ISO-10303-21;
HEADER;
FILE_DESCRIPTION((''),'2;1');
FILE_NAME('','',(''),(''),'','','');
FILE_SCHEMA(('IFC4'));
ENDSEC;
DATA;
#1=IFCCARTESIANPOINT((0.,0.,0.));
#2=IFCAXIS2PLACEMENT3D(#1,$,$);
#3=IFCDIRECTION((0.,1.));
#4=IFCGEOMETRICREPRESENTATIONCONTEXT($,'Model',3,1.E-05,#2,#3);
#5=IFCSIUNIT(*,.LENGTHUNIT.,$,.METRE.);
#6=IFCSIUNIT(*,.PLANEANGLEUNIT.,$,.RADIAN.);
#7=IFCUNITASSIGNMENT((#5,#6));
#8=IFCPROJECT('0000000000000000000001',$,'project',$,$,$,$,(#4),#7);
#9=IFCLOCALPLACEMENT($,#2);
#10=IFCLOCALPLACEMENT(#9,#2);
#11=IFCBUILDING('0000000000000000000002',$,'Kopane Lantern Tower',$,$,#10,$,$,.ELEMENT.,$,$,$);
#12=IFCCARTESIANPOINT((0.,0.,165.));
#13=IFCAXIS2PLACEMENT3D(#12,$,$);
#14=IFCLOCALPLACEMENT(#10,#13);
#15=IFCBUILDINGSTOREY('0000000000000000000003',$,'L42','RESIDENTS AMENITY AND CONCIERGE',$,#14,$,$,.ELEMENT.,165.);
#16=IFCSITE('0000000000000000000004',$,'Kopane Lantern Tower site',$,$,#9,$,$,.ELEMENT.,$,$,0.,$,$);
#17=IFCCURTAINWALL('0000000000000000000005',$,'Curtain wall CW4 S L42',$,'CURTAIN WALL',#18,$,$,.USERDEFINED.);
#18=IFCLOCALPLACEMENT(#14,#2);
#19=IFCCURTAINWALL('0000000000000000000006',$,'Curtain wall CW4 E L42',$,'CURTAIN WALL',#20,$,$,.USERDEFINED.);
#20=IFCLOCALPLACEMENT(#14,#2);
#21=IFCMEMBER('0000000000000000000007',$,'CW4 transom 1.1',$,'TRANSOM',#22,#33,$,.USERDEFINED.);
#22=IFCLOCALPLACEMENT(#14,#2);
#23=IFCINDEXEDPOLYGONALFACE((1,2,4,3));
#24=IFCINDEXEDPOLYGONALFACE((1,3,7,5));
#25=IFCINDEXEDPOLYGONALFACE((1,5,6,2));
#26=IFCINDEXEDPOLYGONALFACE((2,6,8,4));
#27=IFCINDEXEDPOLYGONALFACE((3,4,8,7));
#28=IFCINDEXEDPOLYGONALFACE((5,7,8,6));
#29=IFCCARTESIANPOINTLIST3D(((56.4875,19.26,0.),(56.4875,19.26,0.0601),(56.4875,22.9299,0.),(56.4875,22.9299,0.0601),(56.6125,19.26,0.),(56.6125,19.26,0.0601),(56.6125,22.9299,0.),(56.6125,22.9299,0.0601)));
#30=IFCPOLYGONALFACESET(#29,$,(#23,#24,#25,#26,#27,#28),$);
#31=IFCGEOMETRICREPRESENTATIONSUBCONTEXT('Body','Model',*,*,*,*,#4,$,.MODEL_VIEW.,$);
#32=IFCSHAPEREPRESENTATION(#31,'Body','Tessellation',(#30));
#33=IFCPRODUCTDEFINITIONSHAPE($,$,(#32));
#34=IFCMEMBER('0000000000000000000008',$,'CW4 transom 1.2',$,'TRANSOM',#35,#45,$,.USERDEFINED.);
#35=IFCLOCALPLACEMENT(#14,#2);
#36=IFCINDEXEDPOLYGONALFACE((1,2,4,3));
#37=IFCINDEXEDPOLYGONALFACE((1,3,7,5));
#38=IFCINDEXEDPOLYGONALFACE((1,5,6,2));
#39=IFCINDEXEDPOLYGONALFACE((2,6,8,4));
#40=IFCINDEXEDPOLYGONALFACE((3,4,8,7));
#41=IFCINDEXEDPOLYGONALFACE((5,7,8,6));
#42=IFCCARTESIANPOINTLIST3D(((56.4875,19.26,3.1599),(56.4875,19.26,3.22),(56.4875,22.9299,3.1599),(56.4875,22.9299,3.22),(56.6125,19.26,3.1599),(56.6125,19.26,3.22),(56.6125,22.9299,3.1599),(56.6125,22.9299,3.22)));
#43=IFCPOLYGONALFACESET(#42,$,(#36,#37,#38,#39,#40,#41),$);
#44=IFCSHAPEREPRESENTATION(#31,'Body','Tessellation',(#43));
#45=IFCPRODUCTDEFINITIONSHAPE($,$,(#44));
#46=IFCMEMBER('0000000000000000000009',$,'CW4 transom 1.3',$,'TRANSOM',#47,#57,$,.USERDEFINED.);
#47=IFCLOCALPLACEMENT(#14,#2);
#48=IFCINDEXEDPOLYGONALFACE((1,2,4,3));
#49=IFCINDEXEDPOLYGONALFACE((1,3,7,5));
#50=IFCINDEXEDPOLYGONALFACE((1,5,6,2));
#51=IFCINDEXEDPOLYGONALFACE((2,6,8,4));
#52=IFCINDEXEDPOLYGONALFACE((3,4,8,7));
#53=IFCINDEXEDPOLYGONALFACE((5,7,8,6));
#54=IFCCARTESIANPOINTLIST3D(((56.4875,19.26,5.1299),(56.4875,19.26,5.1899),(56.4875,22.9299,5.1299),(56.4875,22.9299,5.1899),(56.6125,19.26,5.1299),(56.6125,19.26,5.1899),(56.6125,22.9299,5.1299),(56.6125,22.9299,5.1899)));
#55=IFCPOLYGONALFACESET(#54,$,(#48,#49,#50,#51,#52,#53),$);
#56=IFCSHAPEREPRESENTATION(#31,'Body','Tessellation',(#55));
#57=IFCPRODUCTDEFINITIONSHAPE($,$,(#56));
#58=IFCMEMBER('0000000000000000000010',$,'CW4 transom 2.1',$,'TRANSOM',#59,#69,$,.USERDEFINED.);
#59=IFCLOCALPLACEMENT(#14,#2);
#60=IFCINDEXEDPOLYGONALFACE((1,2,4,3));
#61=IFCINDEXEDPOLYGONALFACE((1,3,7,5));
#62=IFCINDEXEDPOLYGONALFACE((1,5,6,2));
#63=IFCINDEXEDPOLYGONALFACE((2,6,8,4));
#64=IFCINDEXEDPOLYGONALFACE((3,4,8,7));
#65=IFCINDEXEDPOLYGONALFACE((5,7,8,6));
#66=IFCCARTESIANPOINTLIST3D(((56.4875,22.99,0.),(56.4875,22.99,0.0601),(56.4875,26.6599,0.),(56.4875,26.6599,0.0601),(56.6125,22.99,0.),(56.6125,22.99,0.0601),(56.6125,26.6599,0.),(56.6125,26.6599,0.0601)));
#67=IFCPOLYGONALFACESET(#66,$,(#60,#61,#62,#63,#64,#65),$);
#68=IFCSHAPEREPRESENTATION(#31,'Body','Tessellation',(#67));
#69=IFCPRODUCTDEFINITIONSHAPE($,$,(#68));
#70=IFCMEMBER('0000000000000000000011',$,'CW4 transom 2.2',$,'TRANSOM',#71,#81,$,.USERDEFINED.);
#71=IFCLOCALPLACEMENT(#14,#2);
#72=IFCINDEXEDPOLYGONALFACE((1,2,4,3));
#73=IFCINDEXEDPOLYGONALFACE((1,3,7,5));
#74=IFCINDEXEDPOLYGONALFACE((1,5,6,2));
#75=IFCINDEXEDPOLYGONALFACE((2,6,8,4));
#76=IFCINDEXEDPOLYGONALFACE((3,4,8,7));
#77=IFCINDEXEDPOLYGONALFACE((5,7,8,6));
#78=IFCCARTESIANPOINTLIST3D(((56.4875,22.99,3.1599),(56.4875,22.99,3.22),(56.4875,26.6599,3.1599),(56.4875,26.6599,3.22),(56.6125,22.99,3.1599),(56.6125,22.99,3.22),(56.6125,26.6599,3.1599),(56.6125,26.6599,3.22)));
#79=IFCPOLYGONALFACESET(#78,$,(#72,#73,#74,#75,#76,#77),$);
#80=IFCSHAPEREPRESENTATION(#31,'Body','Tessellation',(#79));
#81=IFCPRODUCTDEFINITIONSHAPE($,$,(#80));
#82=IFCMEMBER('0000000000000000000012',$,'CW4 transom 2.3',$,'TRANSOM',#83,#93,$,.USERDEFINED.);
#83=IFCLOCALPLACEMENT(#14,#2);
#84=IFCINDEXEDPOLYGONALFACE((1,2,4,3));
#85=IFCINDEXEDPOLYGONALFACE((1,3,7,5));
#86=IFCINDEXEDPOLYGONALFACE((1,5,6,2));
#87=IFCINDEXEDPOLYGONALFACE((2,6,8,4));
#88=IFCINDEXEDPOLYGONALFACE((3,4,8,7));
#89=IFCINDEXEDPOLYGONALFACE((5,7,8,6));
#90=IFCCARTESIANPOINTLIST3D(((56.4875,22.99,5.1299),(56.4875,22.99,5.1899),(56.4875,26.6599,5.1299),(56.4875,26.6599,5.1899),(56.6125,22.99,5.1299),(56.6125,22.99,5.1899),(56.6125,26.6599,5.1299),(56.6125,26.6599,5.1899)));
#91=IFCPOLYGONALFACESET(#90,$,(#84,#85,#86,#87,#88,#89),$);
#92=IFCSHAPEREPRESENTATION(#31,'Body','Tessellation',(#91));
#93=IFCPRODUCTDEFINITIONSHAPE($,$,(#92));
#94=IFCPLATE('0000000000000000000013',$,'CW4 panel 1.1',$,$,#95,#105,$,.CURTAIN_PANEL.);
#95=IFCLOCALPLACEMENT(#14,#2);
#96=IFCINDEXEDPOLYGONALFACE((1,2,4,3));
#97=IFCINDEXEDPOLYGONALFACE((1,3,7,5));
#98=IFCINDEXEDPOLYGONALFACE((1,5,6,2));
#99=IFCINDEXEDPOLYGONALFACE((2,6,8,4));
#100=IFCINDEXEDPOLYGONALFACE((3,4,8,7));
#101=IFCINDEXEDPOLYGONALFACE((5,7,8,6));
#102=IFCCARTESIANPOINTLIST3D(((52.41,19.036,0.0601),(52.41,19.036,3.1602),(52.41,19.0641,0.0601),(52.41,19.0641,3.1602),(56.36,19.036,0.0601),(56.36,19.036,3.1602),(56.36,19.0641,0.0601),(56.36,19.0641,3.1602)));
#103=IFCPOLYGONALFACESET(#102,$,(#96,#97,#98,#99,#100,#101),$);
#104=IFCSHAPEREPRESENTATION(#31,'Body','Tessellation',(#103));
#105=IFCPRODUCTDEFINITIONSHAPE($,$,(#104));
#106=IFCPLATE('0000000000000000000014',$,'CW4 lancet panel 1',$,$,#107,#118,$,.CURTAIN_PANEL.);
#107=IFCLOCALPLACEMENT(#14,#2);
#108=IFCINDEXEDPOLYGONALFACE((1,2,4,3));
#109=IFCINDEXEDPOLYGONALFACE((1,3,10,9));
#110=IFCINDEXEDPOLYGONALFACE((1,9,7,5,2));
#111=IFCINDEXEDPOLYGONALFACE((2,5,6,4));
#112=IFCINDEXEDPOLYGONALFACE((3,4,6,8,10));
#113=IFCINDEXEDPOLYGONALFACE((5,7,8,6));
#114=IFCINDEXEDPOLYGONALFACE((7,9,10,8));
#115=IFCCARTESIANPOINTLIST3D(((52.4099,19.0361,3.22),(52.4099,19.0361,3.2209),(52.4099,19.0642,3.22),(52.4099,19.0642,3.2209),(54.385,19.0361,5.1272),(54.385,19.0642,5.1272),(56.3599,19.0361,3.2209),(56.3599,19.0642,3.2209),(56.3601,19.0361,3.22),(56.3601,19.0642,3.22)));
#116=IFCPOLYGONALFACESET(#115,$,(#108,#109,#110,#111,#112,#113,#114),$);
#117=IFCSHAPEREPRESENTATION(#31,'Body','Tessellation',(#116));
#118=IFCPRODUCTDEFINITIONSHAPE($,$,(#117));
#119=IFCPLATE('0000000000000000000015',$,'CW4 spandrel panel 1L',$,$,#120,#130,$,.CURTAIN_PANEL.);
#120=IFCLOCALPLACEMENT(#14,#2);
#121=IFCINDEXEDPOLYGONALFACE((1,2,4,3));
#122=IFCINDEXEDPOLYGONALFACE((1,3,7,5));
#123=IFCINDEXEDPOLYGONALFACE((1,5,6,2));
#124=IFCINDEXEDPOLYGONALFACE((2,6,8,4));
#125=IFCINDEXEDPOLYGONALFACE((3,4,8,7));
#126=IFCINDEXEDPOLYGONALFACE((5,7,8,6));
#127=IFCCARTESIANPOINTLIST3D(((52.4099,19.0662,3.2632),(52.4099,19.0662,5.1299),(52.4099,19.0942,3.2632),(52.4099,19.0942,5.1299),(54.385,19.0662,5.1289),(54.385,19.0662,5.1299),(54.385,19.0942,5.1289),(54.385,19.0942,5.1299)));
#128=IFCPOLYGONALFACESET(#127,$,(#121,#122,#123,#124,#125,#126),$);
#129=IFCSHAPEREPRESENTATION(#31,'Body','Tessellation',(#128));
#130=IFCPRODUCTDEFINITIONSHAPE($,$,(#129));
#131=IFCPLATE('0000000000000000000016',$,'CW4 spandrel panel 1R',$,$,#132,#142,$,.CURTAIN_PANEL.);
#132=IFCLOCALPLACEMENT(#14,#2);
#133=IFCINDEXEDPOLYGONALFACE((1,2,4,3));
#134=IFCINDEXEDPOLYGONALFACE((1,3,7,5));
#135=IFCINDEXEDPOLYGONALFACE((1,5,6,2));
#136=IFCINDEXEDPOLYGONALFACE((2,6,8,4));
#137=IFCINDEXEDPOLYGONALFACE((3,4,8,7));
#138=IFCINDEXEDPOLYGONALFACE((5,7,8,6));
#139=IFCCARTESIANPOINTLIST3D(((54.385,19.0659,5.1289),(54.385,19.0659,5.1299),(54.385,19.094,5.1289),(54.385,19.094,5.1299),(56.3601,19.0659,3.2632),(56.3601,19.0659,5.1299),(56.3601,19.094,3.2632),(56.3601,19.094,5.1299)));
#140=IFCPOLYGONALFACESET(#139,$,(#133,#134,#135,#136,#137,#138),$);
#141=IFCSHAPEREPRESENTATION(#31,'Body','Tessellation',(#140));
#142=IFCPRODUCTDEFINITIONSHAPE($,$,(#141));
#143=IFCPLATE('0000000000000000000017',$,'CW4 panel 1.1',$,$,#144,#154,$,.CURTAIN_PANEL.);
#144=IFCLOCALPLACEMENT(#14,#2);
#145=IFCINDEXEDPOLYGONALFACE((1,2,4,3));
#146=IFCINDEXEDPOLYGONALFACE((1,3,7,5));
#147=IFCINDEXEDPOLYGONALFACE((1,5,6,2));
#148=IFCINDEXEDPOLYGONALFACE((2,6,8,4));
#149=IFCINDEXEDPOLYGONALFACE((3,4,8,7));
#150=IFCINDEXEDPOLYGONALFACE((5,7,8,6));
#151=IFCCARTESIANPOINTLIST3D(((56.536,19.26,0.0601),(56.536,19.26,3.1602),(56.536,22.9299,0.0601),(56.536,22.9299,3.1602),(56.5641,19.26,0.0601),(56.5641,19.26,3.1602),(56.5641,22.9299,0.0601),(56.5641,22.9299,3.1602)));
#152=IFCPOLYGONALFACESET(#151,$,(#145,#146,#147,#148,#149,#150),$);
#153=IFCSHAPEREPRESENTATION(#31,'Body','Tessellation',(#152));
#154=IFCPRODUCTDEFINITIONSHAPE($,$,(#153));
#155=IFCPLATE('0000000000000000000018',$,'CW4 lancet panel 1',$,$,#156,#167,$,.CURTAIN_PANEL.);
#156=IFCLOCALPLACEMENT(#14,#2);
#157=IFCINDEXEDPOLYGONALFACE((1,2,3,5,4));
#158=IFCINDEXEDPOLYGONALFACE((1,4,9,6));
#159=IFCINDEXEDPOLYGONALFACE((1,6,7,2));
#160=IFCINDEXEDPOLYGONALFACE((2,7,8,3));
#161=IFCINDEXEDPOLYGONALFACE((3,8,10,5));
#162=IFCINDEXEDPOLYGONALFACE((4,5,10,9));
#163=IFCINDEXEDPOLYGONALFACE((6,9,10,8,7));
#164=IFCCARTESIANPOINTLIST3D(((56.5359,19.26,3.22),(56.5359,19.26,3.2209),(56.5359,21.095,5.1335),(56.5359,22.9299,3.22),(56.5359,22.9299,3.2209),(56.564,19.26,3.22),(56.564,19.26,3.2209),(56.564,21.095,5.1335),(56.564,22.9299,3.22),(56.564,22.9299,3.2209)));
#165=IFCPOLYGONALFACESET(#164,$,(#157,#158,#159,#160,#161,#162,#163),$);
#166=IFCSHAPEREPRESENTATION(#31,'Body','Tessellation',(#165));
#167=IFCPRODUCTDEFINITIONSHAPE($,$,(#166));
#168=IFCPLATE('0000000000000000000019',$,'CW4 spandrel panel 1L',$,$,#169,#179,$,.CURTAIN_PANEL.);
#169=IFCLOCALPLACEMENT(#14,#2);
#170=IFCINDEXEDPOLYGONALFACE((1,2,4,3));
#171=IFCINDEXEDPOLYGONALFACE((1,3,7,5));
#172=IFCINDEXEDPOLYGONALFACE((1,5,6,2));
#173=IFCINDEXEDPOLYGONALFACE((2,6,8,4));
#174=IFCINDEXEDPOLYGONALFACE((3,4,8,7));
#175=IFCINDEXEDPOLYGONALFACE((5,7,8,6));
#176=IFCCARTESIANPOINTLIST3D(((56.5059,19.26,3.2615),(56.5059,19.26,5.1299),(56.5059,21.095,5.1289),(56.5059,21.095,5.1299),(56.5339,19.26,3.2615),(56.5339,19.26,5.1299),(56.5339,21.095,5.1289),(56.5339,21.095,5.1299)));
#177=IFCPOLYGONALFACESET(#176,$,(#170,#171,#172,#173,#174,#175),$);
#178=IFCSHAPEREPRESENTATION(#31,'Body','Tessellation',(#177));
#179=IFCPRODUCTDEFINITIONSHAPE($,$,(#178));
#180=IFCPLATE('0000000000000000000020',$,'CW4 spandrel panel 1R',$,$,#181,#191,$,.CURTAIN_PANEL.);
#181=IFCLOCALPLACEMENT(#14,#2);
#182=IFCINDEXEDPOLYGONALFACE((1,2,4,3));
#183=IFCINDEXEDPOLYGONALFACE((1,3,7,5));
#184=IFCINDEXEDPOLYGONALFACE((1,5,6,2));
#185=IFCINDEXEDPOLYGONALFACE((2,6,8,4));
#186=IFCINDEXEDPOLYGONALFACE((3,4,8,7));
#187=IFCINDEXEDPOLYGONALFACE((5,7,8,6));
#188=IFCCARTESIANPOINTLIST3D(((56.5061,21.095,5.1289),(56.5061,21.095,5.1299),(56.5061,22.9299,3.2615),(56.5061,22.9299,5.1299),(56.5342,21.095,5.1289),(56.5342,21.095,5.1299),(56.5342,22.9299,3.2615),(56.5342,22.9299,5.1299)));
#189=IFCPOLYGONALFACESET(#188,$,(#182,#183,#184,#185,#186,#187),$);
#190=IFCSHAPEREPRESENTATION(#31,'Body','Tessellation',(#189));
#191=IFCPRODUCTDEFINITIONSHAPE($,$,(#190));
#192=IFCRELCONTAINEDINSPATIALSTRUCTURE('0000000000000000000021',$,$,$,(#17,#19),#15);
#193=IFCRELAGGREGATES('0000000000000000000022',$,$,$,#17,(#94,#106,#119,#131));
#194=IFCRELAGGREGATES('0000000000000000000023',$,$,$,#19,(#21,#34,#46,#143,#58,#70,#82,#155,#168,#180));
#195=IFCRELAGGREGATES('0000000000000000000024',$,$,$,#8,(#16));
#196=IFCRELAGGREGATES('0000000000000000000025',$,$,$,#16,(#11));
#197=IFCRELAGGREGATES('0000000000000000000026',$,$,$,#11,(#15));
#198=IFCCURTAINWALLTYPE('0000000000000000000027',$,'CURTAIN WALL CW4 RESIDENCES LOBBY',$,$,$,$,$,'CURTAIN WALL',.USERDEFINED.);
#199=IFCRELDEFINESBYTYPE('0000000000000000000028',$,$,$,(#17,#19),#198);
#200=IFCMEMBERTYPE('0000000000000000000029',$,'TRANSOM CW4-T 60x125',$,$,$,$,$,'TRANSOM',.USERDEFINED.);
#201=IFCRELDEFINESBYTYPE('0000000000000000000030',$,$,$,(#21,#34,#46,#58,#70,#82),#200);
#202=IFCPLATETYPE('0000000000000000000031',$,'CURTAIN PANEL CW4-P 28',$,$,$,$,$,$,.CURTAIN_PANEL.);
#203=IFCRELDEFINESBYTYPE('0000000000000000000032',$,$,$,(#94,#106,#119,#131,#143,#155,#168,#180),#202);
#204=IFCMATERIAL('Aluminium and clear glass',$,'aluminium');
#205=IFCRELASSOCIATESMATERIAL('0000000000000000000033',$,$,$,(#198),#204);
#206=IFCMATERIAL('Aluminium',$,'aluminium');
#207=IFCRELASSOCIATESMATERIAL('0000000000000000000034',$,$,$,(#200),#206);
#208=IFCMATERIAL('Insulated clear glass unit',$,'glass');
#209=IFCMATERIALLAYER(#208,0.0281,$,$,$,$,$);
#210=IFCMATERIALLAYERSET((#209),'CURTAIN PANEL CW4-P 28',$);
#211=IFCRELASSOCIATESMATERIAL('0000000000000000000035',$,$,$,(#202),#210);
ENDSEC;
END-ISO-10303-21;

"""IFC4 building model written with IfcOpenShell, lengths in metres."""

from ifc_helpers import new_model, si_unit, direction, frame, origin, origin_2d, place, context, subcontext, project, spatial, polyline, rectangle, outline, extrude, material, layer, layer_set, material_profile, profile_set, type_object, element, aggregate, save


model = new_model("IFC4")

# Units and contexts
model_context = context("Model", 3, precision=1e-05, world=origin(), true_north=direction((0.0, 1.0)))
body_context = subcontext(model_context, "Body", "Model", "MODEL_VIEW")
ifc_project = project(units=[si_unit("LENGTHUNIT", "METRE"), si_unit("PLANEANGLEUNIT", "RADIAN")], contexts=[model_context])

# Site, building, storey
site_placement = place(None, origin())
site = spatial("IfcSite", under=ifc_project, at=site_placement, Name="Kopane Lantern Tower site", CompositionType="ELEMENT", RefElevation=0.0)
building_placement = place(site_placement, origin())
building = spatial("IfcBuilding", under=site, at=building_placement, Name="Kopane Lantern Tower", CompositionType="ELEMENT")
storey_placement = place(building_placement, frame((0.0, 0.0, 165.0)))
storey = spatial("IfcBuildingStorey", under=building, at=storey_placement, Name="L42", Description="RESIDENTS AMENITY AND CONCIERGE", CompositionType="ELEMENT", Elevation=165.0)

# Curtain walls
ifc_material_1 = material(Name="Aluminium and clear glass", Category="aluminium")
curtain_wall_type = type_object("IfcCurtainWallType", Name="CURTAIN WALL CW4 RESIDENCES LOBBY", ElementType="CURTAIN WALL", PredefinedType="USERDEFINED", material=ifc_material_1)
curtain_wall_1_placement = place(storey_placement, origin())
curtain_wall_1 = element("IfcCurtainWall", 1, at=curtain_wall_1_placement, inside=storey, type_object=curtain_wall_type, Name="Curtain wall CW4 S L42", ObjectType="CURTAIN WALL", PredefinedType="USERDEFINED")
curtain_wall_2_placement = place(storey_placement, origin())
curtain_wall_2 = element("IfcCurtainWall", 2, at=curtain_wall_2_placement, inside=storey, type_object=curtain_wall_type, Name="Curtain wall CW4 E L42", ObjectType="CURTAIN WALL", PredefinedType="USERDEFINED")

# Members
ifc_material_2 = material(Name="Aluminium", Category="aluminium")
ifc_material_profile_1 = material_profile(ifc_material_2, rectangle(XDim=0.125, YDim=0.0601, at=origin_2d()), Name="AL 125x60")
ifc_profile_set_1 = profile_set([ifc_material_profile_1], Name="Aluminium")
member_type_1 = type_object("IfcMemberType", Name="TRANSOM CW4-T 60x125", ElementType="TRANSOM", PredefinedType="USERDEFINED", material=ifc_profile_set_1)
member_1_placement = place(storey_placement, frame((56.55, 19.26, 0.03), z_axis=(0.0, 1.0, 0.0), x_axis=(-1.0, 0.0, 0.0)))
member_1 = element("IfcMember", 3, at=member_1_placement, type_object=member_type_1, Name="CW4 transom 1.1", ObjectType="TRANSOM", PredefinedType="USERDEFINED", context=body_context, shape_type="SweptSolid", body=[
    extrude(rectangle(XDim=0.125, YDim=0.0601, at=origin_2d()), origin(), (0.0, 0.0, 1.0), 3.6699),
])
member_2_placement = place(storey_placement, frame((56.55, 19.26, 3.1899), z_axis=(0.0, 1.0, 0.0), x_axis=(-1.0, 0.0, 0.0)))
member_2 = element("IfcMember", 4, at=member_2_placement, type_object=member_type_1, Name="CW4 transom 1.2", ObjectType="TRANSOM", PredefinedType="USERDEFINED", context=body_context, shape_type="SweptSolid", body=[
    extrude(rectangle(XDim=0.125, YDim=0.0601, at=origin_2d()), origin(), (0.0, 0.0, 1.0), 3.6699),
])
member_3_placement = place(storey_placement, frame((56.55, 19.26, 5.1599), z_axis=(0.0, 1.0, 0.0), x_axis=(-1.0, 0.0, 0.0)))
member_3 = element("IfcMember", 5, at=member_3_placement, type_object=member_type_1, Name="CW4 transom 1.3", ObjectType="TRANSOM", PredefinedType="USERDEFINED", context=body_context, shape_type="SweptSolid", body=[
    extrude(rectangle(XDim=0.125, YDim=0.0601, at=origin_2d()), origin(), (0.0, 0.0, 1.0), 3.6699),
])
member_4_placement = place(storey_placement, frame((56.55, 22.99, 0.03), z_axis=(0.0, 1.0, 0.0), x_axis=(-1.0, 0.0, 0.0)))
member_4 = element("IfcMember", 6, at=member_4_placement, type_object=member_type_1, Name="CW4 transom 2.1", ObjectType="TRANSOM", PredefinedType="USERDEFINED", context=body_context, shape_type="SweptSolid", body=[
    extrude(rectangle(XDim=0.125, YDim=0.0601, at=origin_2d()), origin(), (0.0, 0.0, 1.0), 3.6699),
])
member_5_placement = place(storey_placement, frame((56.55, 22.99, 3.1899), z_axis=(0.0, 1.0, 0.0), x_axis=(-1.0, 0.0, 0.0)))
member_5 = element("IfcMember", 7, at=member_5_placement, type_object=member_type_1, Name="CW4 transom 2.2", ObjectType="TRANSOM", PredefinedType="USERDEFINED", context=body_context, shape_type="SweptSolid", body=[
    extrude(rectangle(XDim=0.125, YDim=0.0601, at=origin_2d()), origin(), (0.0, 0.0, 1.0), 3.6699),
])
member_6_placement = place(storey_placement, frame((56.55, 22.99, 5.1599), z_axis=(0.0, 1.0, 0.0), x_axis=(-1.0, 0.0, 0.0)))
member_6 = element("IfcMember", 8, at=member_6_placement, type_object=member_type_1, Name="CW4 transom 2.3", ObjectType="TRANSOM", PredefinedType="USERDEFINED", context=body_context, shape_type="SweptSolid", body=[
    extrude(rectangle(XDim=0.125, YDim=0.0601, at=origin_2d()), origin(), (0.0, 0.0, 1.0), 3.6699),
])

# Plates
ifc_material_3 = material(Name="Insulated clear glass unit", Category="glass")
ifc_layer = layer(ifc_material_3, 0.0281)
ifc_layer_set = layer_set([ifc_layer], Name="CURTAIN PANEL CW4-P 28")
plate_type = type_object("IfcPlateType", Name="CURTAIN PANEL CW4-P 28", PredefinedType="CURTAIN_PANEL", material=ifc_layer_set)
plate_1_placement = place(storey_placement, frame((54.385, 19.05, 0.0601), z_axis=(0.0, 0.0, 1.0), x_axis=(1.0, 0.0, 0.0)))
plate_1 = element("IfcPlate", 9, at=plate_1_placement, type_object=plate_type, Name="CW4 panel 1.1", PredefinedType="CURTAIN_PANEL", context=body_context, shape_type="SweptSolid", body=[
    extrude(rectangle(XDim=3.95, YDim=0.0281, at=origin_2d()), origin(), (0.0, 0.0, 1.0), 3.1001),
])
plate_2_placement = place(storey_placement, frame((52.4099, 19.05, 3.22), z_axis=(0.0, 0.0, 1.0), x_axis=(1.0, 0.0, 0.0)))
plate_2 = element("IfcPlate", 10, at=plate_2_placement, type_object=plate_type, Name="CW4 lancet panel 1", PredefinedType="CURTAIN_PANEL", context=body_context, shape_type="SweptSolid", body=[
    extrude(outline(polyline([(0.0, 0.0), (3.9502, 0.0), (3.95, 0.001), (1.9751, 1.9072), (0.0, 0.001), (0.0, 0.0)])), frame((0.0, 0.0142, 0.0), z_axis=(0.0, -1.0, 0.0), x_axis=(1.0, 0.0, 0.0)), (0.0, 0.0, 1.0), 0.0281),
])
plate_3_placement = place(storey_placement, frame((52.4099, 19.0801, 5.1299), z_axis=(0.0, 0.0, 1.0), x_axis=(1.0, 0.0, 0.0)))
plate_3 = element("IfcPlate", 11, at=plate_3_placement, type_object=plate_type, Name="CW4 spandrel panel 1L", PredefinedType="CURTAIN_PANEL", context=body_context, shape_type="SweptSolid", body=[
    extrude(outline(polyline([(0.0, 0.0), (1.9751, 0.0), (1.9751, -0.001), (0.0, -1.8667), (0.0, 0.0)])), frame((0.0, 0.0142, 0.0), z_axis=(0.0, -1.0, 0.0), x_axis=(1.0, 0.0, 0.0)), (0.0, 0.0, 1.0), 0.0281),
])
plate_4_placement = place(storey_placement, frame((56.3601, 19.0801, 5.1299), z_axis=(0.0, 0.0, 1.0), x_axis=(-1.0, 0.0, 0.0)))
plate_4 = element("IfcPlate", 12, at=plate_4_placement, type_object=plate_type, Name="CW4 spandrel panel 1R", PredefinedType="CURTAIN_PANEL", context=body_context, shape_type="SweptSolid", body=[
    extrude(outline(polyline([(0.0, 0.0), (1.9751, 0.0), (1.9751, -0.001), (0.0, -1.8667), (0.0, 0.0)])), frame((0.0, 0.0142, 0.0), z_axis=(0.0, -1.0, 0.0), x_axis=(1.0, 0.0, 0.0)), (0.0, 0.0, 1.0), 0.0281),
])
aggregate(curtain_wall_1, [plate_1, plate_2, plate_3, plate_4])
plate_5_placement = place(storey_placement, frame((56.55, 21.095, 0.0601), z_axis=(0.0, 0.0, 1.0), x_axis=(0.0, 1.0, 0.0)))
plate_5 = element("IfcPlate", 13, at=plate_5_placement, type_object=plate_type, Name="CW4 panel 1.1", PredefinedType="CURTAIN_PANEL", context=body_context, shape_type="SweptSolid", body=[
    extrude(rectangle(XDim=3.6699, YDim=0.0281, at=origin_2d()), origin(), (0.0, 0.0, 1.0), 3.1001),
])
plate_6_placement = place(storey_placement, frame((56.55, 19.26, 3.22), z_axis=(0.0, 0.0, 1.0), x_axis=(0.0, 1.0, 0.0)))
plate_6 = element("IfcPlate", 14, at=plate_6_placement, type_object=plate_type, Name="CW4 lancet panel 1", PredefinedType="CURTAIN_PANEL", context=body_context, shape_type="SweptSolid", body=[
    extrude(outline(polyline([(0.0, 0.0), (3.6699, 0.0), (3.6699, 0.001), (1.835, 1.9136), (0.0, 0.001), (0.0, 0.0)])), frame((0.0, 0.0142, 0.0), z_axis=(0.0, -1.0, 0.0), x_axis=(1.0, 0.0, 0.0)), (0.0, 0.0, 1.0), 0.0281),
])
plate_7_placement = place(storey_placement, frame((56.52, 19.26, 5.1299), z_axis=(0.0, 0.0, 1.0), x_axis=(0.0, 1.0, 0.0)))
plate_7 = element("IfcPlate", 15, at=plate_7_placement, type_object=plate_type, Name="CW4 spandrel panel 1L", PredefinedType="CURTAIN_PANEL", context=body_context, shape_type="SweptSolid", body=[
    extrude(outline(polyline([(0.0, 0.0), (1.835, 0.0), (1.835, -0.001), (0.0, -1.8684), (0.0, 0.0)])), frame((0.0, 0.0142, 0.0), z_axis=(0.0, -1.0, 0.0), x_axis=(1.0, 0.0, 0.0)), (0.0, 0.0, 1.0), 0.0281),
])
plate_8_placement = place(storey_placement, frame((56.52, 22.9299, 5.1299), z_axis=(0.0, 0.0, 1.0), x_axis=(0.0, -1.0, 0.0)))
plate_8 = element("IfcPlate", 16, at=plate_8_placement, type_object=plate_type, Name="CW4 spandrel panel 1R", PredefinedType="CURTAIN_PANEL", context=body_context, shape_type="SweptSolid", body=[
    extrude(outline(polyline([(0.0, 0.0), (1.835, 0.0), (1.835, -0.001), (0.0, -1.8684), (0.0, 0.0)])), frame((0.0, 0.0142, 0.0), z_axis=(0.0, -1.0, 0.0), x_axis=(1.0, 0.0, 0.0)), (0.0, 0.0, 1.0), 0.0281),
])
aggregate(curtain_wall_2, [member_1, member_2, member_3, plate_5, member_4, member_5, member_6, plate_6, plate_7, plate_8])

save(model, "model.ifc")
